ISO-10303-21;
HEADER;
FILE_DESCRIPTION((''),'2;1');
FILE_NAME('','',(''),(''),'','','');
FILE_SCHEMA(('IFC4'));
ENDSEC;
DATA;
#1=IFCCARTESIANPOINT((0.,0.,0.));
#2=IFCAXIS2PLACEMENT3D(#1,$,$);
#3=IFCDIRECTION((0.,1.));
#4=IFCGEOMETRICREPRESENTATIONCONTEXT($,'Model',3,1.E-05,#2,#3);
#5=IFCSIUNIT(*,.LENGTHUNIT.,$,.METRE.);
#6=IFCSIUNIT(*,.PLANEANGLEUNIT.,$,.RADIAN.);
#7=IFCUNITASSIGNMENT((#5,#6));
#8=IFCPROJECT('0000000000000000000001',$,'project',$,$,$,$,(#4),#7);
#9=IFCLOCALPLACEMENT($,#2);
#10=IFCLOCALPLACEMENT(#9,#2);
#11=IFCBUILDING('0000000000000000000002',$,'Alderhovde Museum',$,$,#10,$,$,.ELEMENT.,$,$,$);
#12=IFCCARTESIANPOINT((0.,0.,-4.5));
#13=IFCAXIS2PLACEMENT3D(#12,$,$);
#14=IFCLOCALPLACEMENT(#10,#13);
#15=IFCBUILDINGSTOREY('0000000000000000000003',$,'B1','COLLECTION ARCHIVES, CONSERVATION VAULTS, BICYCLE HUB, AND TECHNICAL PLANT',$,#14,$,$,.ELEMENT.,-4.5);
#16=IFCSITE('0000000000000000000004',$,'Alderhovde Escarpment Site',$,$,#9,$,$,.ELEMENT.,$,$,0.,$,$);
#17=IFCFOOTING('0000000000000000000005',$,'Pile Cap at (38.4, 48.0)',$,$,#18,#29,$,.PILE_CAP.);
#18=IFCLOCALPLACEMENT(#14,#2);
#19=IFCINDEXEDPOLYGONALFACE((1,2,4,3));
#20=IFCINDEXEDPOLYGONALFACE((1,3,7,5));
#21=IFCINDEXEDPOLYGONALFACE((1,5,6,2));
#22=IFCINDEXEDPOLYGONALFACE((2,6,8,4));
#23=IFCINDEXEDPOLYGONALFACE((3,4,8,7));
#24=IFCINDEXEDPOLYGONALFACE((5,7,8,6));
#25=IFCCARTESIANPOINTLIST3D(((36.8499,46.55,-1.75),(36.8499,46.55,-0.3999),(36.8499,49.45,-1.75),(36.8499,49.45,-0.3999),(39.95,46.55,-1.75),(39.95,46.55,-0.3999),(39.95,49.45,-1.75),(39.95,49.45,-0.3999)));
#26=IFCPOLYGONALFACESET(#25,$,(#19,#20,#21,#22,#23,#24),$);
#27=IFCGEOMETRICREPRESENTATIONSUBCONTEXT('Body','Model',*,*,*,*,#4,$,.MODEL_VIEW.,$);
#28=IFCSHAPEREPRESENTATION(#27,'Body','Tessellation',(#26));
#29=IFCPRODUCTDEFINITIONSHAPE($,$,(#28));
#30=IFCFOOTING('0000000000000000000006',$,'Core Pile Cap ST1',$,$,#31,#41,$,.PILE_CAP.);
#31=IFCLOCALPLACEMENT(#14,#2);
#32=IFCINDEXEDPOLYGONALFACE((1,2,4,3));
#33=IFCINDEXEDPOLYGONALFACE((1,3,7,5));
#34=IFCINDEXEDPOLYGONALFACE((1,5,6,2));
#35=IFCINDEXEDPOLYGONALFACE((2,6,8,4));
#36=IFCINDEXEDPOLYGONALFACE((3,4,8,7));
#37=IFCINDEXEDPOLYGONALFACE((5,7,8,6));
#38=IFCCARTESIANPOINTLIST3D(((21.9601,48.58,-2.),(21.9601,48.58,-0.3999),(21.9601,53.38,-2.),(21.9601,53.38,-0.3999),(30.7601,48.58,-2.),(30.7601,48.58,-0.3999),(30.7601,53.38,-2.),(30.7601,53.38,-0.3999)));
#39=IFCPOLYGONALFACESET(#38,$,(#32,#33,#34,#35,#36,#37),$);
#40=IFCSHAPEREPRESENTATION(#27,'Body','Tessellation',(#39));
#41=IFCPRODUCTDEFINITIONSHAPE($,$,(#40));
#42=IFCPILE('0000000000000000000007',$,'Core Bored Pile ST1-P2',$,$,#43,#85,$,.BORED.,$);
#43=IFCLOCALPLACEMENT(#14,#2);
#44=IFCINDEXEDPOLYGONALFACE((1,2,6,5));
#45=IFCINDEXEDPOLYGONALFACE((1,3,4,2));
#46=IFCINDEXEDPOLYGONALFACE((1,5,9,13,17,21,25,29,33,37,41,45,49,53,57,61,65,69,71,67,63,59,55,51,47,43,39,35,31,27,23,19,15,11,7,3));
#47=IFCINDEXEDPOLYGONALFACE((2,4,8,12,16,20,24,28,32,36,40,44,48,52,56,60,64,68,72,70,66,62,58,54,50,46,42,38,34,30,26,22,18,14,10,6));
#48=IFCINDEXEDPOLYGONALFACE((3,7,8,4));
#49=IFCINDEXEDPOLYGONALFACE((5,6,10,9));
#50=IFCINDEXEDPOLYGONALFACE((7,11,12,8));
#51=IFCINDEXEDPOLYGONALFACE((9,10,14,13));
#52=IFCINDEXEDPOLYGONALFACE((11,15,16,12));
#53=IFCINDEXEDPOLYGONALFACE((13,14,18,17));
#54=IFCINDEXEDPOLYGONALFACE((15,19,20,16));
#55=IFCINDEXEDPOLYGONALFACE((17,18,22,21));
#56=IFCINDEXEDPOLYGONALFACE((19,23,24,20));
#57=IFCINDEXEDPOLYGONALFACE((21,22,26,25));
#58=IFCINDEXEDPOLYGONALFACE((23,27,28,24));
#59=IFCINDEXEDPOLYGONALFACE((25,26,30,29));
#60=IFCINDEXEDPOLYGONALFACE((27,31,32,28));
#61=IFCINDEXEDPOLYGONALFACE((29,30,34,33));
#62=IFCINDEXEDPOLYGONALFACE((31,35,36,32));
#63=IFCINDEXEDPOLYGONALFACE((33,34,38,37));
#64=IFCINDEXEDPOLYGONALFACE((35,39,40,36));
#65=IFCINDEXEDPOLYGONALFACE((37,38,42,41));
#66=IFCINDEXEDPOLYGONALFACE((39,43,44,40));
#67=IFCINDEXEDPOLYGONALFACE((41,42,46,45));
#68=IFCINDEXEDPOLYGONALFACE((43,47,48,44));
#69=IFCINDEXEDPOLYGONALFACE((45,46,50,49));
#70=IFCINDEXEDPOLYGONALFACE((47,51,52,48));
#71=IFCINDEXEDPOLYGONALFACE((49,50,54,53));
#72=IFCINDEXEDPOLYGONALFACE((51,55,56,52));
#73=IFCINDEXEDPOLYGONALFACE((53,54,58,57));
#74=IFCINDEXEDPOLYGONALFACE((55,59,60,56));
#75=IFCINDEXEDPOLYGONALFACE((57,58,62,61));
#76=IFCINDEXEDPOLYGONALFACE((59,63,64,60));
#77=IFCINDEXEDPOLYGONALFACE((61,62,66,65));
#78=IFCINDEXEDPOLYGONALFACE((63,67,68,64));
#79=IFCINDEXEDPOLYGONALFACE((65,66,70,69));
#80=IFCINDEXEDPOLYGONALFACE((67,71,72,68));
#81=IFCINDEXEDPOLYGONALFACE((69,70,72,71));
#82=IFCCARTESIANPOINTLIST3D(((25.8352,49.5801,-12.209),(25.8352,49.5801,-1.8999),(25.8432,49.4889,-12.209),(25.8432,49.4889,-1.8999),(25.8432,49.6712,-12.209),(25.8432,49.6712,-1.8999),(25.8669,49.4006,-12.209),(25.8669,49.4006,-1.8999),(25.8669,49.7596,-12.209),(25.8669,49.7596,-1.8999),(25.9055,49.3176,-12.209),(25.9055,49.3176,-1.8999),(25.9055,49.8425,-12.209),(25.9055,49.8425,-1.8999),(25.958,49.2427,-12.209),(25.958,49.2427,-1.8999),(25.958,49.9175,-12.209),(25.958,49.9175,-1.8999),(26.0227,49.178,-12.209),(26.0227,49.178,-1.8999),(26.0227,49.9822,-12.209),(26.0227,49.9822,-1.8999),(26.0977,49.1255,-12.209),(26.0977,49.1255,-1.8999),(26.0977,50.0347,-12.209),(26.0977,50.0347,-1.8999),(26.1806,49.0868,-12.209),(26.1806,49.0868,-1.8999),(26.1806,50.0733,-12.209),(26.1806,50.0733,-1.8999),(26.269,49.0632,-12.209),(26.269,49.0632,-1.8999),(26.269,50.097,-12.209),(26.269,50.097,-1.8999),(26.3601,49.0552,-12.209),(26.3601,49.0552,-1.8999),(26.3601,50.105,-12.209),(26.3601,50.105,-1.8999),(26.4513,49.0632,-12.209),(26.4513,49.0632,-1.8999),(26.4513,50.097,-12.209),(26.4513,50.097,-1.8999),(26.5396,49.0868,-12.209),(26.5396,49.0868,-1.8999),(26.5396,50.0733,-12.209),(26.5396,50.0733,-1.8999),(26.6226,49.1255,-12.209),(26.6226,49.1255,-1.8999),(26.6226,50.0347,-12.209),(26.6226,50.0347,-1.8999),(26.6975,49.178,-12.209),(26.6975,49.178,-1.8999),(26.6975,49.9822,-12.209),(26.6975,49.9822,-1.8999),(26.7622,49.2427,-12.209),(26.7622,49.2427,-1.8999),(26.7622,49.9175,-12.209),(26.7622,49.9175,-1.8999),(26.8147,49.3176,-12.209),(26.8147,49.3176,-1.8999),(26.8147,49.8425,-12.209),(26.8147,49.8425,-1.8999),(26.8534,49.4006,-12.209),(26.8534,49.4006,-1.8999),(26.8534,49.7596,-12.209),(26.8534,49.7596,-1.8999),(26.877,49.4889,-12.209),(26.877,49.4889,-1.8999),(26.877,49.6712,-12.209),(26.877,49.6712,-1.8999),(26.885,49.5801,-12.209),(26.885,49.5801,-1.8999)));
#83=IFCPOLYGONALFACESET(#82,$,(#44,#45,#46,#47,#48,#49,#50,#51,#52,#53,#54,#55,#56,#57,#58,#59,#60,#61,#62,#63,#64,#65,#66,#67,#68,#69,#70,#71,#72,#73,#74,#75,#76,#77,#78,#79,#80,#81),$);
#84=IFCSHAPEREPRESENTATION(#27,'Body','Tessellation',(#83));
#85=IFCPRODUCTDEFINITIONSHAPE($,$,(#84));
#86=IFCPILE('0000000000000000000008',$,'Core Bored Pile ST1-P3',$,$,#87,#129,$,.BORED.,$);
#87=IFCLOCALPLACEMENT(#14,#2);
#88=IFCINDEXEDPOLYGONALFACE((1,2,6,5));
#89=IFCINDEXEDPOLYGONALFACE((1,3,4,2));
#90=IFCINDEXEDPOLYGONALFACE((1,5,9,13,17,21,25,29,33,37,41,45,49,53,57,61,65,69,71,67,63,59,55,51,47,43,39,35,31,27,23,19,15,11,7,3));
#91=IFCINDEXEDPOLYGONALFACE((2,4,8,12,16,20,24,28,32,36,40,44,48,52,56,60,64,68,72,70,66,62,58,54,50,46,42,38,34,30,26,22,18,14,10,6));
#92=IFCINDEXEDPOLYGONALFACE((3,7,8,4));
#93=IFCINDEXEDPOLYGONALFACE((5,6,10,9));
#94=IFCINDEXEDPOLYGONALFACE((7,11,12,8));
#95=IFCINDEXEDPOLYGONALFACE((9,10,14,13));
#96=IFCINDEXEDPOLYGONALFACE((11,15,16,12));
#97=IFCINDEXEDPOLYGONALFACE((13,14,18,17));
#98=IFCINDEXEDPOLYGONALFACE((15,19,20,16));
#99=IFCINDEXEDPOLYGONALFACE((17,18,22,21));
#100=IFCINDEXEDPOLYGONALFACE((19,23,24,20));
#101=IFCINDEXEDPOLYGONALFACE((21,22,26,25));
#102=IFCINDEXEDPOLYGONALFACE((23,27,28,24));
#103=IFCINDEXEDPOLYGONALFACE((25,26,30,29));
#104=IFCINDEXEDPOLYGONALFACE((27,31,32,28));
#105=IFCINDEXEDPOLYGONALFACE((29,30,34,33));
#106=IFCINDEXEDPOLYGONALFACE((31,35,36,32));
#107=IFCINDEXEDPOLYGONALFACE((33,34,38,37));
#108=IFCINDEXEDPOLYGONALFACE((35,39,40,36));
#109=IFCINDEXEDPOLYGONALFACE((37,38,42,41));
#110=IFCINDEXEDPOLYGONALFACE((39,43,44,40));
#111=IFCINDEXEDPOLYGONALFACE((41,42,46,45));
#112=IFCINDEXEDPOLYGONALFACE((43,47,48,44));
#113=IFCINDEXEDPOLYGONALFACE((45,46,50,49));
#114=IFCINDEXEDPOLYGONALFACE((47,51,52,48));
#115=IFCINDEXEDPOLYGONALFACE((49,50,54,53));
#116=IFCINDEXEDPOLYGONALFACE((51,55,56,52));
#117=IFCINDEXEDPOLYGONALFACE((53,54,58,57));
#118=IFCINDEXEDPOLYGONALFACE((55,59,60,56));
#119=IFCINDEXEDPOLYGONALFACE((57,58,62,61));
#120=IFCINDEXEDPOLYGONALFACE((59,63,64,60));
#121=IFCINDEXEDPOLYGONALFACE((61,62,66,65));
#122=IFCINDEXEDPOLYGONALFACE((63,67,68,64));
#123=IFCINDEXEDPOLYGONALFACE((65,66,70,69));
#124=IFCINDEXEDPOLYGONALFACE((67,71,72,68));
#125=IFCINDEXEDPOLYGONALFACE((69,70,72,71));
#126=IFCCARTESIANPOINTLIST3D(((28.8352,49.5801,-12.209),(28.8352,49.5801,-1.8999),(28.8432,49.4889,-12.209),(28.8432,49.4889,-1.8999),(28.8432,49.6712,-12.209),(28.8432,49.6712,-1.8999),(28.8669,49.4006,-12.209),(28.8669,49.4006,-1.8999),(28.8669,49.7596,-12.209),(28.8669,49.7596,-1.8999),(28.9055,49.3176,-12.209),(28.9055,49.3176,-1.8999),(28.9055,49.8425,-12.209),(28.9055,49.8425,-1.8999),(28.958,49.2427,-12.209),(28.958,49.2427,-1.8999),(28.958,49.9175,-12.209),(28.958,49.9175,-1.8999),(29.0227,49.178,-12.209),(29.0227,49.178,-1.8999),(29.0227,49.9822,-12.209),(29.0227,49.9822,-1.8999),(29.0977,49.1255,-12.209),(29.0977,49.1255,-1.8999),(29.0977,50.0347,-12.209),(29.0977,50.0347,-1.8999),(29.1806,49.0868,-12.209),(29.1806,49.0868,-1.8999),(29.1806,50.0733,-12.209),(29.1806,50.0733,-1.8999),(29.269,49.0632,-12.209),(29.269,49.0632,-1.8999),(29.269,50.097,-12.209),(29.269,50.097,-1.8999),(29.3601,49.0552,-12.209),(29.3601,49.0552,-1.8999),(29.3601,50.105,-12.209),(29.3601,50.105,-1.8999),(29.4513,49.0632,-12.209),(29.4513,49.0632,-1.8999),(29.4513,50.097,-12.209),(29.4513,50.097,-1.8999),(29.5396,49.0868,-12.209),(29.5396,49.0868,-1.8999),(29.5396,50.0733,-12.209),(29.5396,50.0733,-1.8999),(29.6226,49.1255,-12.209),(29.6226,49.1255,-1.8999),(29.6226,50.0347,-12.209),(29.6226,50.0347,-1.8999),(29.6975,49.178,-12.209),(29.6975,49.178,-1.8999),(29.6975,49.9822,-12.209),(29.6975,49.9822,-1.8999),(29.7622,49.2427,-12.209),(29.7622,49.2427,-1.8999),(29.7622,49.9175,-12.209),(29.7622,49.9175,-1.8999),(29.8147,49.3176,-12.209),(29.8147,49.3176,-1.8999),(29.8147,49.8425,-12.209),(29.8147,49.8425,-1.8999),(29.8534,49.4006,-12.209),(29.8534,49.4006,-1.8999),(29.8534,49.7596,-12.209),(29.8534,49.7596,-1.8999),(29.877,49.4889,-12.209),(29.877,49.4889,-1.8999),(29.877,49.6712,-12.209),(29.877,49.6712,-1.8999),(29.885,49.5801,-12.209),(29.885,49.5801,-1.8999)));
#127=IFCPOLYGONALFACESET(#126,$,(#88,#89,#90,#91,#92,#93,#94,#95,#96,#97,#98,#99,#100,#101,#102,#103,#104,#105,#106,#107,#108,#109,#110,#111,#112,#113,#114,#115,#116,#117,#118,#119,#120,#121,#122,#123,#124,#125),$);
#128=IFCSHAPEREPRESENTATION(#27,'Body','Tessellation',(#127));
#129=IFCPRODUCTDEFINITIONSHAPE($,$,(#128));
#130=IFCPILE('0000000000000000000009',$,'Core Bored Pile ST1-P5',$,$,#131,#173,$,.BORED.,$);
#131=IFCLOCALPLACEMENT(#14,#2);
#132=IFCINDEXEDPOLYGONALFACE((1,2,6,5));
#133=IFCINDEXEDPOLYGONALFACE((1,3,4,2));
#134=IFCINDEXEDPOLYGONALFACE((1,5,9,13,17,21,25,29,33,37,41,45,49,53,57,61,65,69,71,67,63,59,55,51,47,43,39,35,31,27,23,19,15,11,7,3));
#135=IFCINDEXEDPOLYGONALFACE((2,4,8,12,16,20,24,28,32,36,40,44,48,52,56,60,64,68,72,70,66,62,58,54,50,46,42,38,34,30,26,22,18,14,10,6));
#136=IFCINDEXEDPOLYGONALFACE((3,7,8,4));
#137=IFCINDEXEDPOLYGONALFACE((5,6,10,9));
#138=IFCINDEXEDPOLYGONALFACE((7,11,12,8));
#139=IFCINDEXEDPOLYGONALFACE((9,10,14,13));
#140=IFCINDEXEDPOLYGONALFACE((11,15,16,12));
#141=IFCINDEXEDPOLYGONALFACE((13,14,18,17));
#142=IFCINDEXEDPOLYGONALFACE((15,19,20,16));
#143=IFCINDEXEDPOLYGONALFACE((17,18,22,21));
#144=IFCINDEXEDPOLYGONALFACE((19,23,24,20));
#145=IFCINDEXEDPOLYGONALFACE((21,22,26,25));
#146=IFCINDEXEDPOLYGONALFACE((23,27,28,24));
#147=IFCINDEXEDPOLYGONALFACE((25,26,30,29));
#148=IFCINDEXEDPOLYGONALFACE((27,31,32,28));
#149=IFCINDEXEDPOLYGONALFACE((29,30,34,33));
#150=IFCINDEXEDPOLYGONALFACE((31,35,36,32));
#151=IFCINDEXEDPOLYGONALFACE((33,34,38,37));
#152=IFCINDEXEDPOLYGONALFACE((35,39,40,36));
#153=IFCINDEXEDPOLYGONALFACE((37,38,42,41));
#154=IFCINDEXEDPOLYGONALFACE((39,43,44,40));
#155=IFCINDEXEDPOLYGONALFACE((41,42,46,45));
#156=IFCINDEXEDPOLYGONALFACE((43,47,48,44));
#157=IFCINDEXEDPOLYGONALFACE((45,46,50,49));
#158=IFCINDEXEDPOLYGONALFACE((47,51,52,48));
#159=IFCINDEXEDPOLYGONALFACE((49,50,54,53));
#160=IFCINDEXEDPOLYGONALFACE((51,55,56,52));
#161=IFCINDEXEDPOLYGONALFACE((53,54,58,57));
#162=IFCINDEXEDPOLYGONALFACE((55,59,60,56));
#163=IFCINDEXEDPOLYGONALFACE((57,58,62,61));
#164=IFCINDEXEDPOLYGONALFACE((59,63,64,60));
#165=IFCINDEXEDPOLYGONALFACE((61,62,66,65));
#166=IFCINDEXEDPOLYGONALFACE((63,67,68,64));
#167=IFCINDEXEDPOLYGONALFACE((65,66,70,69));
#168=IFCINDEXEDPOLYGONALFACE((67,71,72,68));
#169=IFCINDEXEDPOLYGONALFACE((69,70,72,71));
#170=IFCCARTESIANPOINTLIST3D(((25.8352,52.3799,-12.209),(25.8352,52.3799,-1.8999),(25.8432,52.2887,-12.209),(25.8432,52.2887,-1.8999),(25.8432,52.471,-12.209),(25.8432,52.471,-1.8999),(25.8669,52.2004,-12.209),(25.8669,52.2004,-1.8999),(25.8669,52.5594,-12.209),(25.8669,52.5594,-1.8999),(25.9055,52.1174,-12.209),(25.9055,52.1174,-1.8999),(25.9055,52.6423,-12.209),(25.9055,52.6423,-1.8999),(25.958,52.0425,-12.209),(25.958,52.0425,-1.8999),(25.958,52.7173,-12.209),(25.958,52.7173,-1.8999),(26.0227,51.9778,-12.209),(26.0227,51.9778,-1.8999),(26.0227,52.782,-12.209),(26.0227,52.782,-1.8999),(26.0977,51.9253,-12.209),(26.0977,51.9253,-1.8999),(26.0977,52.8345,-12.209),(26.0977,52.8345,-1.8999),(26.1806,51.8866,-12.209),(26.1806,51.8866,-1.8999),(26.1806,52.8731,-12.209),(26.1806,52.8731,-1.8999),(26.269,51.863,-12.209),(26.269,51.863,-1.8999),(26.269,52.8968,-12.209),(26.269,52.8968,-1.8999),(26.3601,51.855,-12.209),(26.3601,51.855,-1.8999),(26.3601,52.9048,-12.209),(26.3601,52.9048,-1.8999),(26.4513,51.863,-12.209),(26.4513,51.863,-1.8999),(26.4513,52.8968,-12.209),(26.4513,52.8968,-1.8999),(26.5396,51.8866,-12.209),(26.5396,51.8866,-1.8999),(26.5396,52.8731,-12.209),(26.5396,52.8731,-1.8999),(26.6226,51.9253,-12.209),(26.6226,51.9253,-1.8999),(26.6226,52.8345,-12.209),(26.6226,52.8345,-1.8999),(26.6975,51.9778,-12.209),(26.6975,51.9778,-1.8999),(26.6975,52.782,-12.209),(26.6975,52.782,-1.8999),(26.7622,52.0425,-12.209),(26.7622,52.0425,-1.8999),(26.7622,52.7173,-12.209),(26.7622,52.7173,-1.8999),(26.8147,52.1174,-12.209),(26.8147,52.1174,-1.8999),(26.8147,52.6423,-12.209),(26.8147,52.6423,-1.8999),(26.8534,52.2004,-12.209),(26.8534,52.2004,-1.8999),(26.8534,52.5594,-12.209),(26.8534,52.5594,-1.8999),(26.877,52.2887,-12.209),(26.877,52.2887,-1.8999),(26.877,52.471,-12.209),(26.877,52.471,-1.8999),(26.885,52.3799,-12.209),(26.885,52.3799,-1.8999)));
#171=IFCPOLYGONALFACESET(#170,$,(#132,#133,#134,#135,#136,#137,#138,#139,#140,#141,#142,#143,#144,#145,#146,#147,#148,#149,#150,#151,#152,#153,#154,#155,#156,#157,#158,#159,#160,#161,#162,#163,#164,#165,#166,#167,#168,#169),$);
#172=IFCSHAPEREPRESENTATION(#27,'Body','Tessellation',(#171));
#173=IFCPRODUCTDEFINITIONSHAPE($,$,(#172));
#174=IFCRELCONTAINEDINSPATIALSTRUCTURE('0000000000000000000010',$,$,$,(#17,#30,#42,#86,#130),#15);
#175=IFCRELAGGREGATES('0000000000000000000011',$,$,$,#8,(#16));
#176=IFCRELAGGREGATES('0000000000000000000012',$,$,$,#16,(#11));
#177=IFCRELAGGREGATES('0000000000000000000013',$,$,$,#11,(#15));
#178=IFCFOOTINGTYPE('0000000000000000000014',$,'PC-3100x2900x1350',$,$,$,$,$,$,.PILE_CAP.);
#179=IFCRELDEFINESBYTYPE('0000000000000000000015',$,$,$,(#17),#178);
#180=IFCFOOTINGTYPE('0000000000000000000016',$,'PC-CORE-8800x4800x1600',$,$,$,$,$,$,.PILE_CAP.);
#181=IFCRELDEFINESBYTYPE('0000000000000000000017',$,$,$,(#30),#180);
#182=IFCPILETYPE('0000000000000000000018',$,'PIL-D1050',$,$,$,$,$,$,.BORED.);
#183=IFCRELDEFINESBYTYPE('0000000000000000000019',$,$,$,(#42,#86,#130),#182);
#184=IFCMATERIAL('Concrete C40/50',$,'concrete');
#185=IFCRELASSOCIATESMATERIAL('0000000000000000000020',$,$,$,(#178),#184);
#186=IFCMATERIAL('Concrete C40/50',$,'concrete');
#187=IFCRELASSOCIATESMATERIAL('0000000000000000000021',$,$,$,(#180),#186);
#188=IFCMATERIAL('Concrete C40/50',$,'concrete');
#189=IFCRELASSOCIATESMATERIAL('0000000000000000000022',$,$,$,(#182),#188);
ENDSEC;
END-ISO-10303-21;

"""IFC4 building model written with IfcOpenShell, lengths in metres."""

from ifc_helpers import new_model, si_unit, direction, frame, origin, origin_2d, place, context, subcontext, project, spatial, rectangle, circle, extrude, material, material_profile, profile_set, type_object, element, save


model = new_model("IFC4")

# Units and contexts
model_context = context("Model", 3, precision=1e-05, world=origin(), true_north=direction((0.0, 1.0)))
body_context = subcontext(model_context, "Body", "Model", "MODEL_VIEW")
ifc_project = project(units=[si_unit("LENGTHUNIT", "METRE"), si_unit("PLANEANGLEUNIT", "RADIAN")], contexts=[model_context])

# Site, building, storey
site_placement = place(None, origin())
site = spatial("IfcSite", under=ifc_project, at=site_placement, Name="Alderhovde Escarpment Site", CompositionType="ELEMENT", RefElevation=0.0)
building_placement = place(site_placement, origin())
building = spatial("IfcBuilding", under=site, at=building_placement, Name="Alderhovde Museum", CompositionType="ELEMENT")
storey_placement = place(building_placement, frame((0.0, 0.0, -4.5)))
storey = spatial("IfcBuildingStorey", under=building, at=storey_placement, Name="B1", Description="COLLECTION ARCHIVES, CONSERVATION VAULTS, BICYCLE HUB, AND TECHNICAL PLANT", CompositionType="ELEMENT", Elevation=-4.5)

# Footings
ifc_material_1 = material(Name="Concrete C40/50", Category="concrete")
footing_type_1 = type_object("IfcFootingType", Name="PC-3100x2900x1350", PredefinedType="PILE_CAP", material=ifc_material_1)
footing_1_placement = place(storey_placement, frame((38.3999, 48.0, -1.75), z_axis=(0.0, 0.0, 1.0), x_axis=(1.0, 0.0, 0.0)))
element("IfcFooting", 1, at=footing_1_placement, inside=storey, type_object=footing_type_1, Name="Pile Cap at (38.4, 48.0)", PredefinedType="PILE_CAP", context=body_context, shape_type="SweptSolid", body=[
    extrude(rectangle(XDim=3.1001, YDim=2.8999, at=origin_2d()), origin(), (0.0, 0.0, 1.0), 1.3501),
])
ifc_material_2 = material(Name="Concrete C40/50", Category="concrete")
footing_type_2 = type_object("IfcFootingType", Name="PC-CORE-8800x4800x1600", PredefinedType="PILE_CAP", material=ifc_material_2)
footing_2_placement = place(storey_placement, frame((26.3601, 50.98, -2.0), z_axis=(0.0, 0.0, 1.0), x_axis=(1.0, 0.0, 0.0)))
element("IfcFooting", 2, at=footing_2_placement, inside=storey, type_object=footing_type_2, Name="Core Pile Cap ST1", PredefinedType="PILE_CAP", context=body_context, shape_type="SweptSolid", body=[
    extrude(rectangle(XDim=8.8, YDim=4.8, at=origin_2d()), origin(), (0.0, 0.0, 1.0), 1.6001),
])

# Piles
ifc_material_3 = material(Name="Concrete C40/50", Category="concrete")
ifc_material_profile_1 = material_profile(ifc_material_3, circle(Radius=0.5249, at=origin_2d()), Name="PILE-D1050")
ifc_profile_set_1 = profile_set([ifc_material_profile_1], Name="Concrete C40/50")
pile_type_1 = type_object("IfcPileType", Name="PIL-D1050", PredefinedType="BORED", material=ifc_profile_set_1)
for number, where, z_axis, x_axis, name in (
    (3, (26.3601, 49.5801, -1.8999), (0.0, 0.0, -1.0), (1.0, 0.0, 0.0), "Core Bored Pile ST1-P2"),
    (4, (29.3601, 49.5801, -1.8999), (0.0, 0.0, -1.0), (1.0, 0.0, 0.0), "Core Bored Pile ST1-P3"),
    (5, (26.3601, 52.3799, -1.8999), (0.0, 0.0, -1.0), (1.0, 0.0, 0.0), "Core Bored Pile ST1-P5"),
):
    element("IfcPile", number, at=place(storey_placement, frame(where, z_axis=z_axis, x_axis=x_axis)), inside=storey, type_object=pile_type_1, Name=name, PredefinedType="BORED", context=body_context, shape_type="SweptSolid", body=[
        extrude(circle(Radius=0.5249, at=origin_2d()), origin(), (0.0, 0.0, 1.0), 10.3091),
    ])

save(model, "model.ifc")
